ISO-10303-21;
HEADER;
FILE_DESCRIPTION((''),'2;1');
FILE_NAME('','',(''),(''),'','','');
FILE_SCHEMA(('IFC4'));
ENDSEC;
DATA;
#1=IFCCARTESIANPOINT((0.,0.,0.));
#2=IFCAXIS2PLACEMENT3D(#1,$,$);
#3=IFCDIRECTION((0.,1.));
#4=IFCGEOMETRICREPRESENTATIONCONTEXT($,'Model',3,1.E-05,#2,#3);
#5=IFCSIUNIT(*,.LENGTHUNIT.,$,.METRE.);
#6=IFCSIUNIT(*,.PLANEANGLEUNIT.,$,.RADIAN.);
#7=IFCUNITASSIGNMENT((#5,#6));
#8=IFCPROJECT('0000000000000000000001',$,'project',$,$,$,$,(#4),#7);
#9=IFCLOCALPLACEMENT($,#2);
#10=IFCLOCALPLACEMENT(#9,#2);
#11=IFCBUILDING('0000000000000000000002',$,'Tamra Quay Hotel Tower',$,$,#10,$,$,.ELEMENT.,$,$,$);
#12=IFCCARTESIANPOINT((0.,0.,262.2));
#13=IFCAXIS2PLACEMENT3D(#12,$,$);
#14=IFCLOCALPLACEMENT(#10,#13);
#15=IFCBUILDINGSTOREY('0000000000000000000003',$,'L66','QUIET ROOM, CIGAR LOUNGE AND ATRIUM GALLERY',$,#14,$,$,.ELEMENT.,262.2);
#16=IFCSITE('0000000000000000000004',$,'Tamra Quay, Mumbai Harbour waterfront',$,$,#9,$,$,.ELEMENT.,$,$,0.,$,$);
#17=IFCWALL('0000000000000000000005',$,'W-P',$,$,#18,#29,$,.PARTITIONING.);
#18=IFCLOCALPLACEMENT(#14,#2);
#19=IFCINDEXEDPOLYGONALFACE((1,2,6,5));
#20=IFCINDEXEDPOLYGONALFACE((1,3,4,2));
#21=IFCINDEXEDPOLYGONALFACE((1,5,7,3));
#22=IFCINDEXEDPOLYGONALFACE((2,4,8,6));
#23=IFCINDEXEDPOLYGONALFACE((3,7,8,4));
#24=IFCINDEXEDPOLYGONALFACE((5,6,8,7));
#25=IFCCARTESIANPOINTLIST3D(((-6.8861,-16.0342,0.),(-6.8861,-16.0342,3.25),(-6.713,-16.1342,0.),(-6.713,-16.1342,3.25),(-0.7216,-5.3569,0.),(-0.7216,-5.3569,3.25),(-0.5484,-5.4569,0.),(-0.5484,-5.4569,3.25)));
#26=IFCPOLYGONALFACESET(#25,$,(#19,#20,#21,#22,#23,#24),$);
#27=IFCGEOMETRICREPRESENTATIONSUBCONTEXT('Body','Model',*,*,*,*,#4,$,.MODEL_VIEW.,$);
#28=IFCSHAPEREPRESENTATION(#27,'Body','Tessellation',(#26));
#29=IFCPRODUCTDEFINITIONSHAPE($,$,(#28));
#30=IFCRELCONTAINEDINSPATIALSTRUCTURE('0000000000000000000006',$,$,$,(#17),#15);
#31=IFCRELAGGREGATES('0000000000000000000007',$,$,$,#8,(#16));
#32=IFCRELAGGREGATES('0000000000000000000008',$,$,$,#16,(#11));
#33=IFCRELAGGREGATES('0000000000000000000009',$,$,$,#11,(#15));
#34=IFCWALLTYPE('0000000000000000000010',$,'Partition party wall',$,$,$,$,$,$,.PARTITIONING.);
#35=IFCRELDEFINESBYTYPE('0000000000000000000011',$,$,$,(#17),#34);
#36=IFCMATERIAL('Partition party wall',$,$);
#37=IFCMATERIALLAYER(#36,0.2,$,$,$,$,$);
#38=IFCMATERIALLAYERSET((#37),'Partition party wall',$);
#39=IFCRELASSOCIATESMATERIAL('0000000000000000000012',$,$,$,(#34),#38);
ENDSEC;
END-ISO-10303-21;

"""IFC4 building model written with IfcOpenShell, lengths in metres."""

from ifc_helpers import new_model, si_unit, direction, frame, frame_2d, origin, place, context, subcontext, project, spatial, rectangle, extrude, material, layer, layer_set, type_object, element, save


model = new_model("IFC4")

# Units and contexts
model_context = context("Model", 3, precision=1e-05, world=origin(), true_north=direction((0.0, 1.0)))
body_context = subcontext(model_context, "Body", "Model", "MODEL_VIEW")
ifc_project = project(units=[si_unit("LENGTHUNIT", "METRE"), si_unit("PLANEANGLEUNIT", "RADIAN")], contexts=[model_context])

# Site, building, storey
site_placement = place(None, origin())
site = spatial("IfcSite", under=ifc_project, at=site_placement, Name="Tamra Quay, Mumbai Harbour waterfront", CompositionType="ELEMENT", RefElevation=0.0)
building_placement = place(site_placement, origin())
building = spatial("IfcBuilding", under=site, at=building_placement, Name="Tamra Quay Hotel Tower", CompositionType="ELEMENT")
storey_placement = place(building_placement, frame((0.0, 0.0, 262.2)))
storey = spatial("IfcBuildingStorey", under=building, at=storey_placement, Name="L66", Description="QUIET ROOM, CIGAR LOUNGE AND ATRIUM GALLERY", CompositionType="ELEMENT", Elevation=262.2)

# Wall
ifc_material_1 = material(Name="Partition party wall")
ifc_layer_1 = layer(ifc_material_1, 0.2)
ifc_layer_set_1 = layer_set([ifc_layer_1], Name="Partition party wall")
wall_type_1 = type_object("IfcWallType", Name="Partition party wall", PredefinedType="PARTITIONING", material=ifc_layer_set_1)
wall_1_placement = place(storey_placement, frame((-6.7996, -16.0842, 0.0), z_axis=(0.0, 0.0, 1.0), x_axis=(0.500002, 0.866024, 0.0)))
element("IfcWall", 1, at=wall_1_placement, inside=storey, type_object=wall_type_1, Name="W-P", PredefinedType="PARTITIONING", context=body_context, shape_type="SweptSolid", body=[
    extrude(rectangle(XDim=12.3291, YDim=0.2, at=frame_2d((6.1646, 0.0))), origin(), (0.0, 0.0, 1.0), 3.25),
])

save(model, "model.ifc")
